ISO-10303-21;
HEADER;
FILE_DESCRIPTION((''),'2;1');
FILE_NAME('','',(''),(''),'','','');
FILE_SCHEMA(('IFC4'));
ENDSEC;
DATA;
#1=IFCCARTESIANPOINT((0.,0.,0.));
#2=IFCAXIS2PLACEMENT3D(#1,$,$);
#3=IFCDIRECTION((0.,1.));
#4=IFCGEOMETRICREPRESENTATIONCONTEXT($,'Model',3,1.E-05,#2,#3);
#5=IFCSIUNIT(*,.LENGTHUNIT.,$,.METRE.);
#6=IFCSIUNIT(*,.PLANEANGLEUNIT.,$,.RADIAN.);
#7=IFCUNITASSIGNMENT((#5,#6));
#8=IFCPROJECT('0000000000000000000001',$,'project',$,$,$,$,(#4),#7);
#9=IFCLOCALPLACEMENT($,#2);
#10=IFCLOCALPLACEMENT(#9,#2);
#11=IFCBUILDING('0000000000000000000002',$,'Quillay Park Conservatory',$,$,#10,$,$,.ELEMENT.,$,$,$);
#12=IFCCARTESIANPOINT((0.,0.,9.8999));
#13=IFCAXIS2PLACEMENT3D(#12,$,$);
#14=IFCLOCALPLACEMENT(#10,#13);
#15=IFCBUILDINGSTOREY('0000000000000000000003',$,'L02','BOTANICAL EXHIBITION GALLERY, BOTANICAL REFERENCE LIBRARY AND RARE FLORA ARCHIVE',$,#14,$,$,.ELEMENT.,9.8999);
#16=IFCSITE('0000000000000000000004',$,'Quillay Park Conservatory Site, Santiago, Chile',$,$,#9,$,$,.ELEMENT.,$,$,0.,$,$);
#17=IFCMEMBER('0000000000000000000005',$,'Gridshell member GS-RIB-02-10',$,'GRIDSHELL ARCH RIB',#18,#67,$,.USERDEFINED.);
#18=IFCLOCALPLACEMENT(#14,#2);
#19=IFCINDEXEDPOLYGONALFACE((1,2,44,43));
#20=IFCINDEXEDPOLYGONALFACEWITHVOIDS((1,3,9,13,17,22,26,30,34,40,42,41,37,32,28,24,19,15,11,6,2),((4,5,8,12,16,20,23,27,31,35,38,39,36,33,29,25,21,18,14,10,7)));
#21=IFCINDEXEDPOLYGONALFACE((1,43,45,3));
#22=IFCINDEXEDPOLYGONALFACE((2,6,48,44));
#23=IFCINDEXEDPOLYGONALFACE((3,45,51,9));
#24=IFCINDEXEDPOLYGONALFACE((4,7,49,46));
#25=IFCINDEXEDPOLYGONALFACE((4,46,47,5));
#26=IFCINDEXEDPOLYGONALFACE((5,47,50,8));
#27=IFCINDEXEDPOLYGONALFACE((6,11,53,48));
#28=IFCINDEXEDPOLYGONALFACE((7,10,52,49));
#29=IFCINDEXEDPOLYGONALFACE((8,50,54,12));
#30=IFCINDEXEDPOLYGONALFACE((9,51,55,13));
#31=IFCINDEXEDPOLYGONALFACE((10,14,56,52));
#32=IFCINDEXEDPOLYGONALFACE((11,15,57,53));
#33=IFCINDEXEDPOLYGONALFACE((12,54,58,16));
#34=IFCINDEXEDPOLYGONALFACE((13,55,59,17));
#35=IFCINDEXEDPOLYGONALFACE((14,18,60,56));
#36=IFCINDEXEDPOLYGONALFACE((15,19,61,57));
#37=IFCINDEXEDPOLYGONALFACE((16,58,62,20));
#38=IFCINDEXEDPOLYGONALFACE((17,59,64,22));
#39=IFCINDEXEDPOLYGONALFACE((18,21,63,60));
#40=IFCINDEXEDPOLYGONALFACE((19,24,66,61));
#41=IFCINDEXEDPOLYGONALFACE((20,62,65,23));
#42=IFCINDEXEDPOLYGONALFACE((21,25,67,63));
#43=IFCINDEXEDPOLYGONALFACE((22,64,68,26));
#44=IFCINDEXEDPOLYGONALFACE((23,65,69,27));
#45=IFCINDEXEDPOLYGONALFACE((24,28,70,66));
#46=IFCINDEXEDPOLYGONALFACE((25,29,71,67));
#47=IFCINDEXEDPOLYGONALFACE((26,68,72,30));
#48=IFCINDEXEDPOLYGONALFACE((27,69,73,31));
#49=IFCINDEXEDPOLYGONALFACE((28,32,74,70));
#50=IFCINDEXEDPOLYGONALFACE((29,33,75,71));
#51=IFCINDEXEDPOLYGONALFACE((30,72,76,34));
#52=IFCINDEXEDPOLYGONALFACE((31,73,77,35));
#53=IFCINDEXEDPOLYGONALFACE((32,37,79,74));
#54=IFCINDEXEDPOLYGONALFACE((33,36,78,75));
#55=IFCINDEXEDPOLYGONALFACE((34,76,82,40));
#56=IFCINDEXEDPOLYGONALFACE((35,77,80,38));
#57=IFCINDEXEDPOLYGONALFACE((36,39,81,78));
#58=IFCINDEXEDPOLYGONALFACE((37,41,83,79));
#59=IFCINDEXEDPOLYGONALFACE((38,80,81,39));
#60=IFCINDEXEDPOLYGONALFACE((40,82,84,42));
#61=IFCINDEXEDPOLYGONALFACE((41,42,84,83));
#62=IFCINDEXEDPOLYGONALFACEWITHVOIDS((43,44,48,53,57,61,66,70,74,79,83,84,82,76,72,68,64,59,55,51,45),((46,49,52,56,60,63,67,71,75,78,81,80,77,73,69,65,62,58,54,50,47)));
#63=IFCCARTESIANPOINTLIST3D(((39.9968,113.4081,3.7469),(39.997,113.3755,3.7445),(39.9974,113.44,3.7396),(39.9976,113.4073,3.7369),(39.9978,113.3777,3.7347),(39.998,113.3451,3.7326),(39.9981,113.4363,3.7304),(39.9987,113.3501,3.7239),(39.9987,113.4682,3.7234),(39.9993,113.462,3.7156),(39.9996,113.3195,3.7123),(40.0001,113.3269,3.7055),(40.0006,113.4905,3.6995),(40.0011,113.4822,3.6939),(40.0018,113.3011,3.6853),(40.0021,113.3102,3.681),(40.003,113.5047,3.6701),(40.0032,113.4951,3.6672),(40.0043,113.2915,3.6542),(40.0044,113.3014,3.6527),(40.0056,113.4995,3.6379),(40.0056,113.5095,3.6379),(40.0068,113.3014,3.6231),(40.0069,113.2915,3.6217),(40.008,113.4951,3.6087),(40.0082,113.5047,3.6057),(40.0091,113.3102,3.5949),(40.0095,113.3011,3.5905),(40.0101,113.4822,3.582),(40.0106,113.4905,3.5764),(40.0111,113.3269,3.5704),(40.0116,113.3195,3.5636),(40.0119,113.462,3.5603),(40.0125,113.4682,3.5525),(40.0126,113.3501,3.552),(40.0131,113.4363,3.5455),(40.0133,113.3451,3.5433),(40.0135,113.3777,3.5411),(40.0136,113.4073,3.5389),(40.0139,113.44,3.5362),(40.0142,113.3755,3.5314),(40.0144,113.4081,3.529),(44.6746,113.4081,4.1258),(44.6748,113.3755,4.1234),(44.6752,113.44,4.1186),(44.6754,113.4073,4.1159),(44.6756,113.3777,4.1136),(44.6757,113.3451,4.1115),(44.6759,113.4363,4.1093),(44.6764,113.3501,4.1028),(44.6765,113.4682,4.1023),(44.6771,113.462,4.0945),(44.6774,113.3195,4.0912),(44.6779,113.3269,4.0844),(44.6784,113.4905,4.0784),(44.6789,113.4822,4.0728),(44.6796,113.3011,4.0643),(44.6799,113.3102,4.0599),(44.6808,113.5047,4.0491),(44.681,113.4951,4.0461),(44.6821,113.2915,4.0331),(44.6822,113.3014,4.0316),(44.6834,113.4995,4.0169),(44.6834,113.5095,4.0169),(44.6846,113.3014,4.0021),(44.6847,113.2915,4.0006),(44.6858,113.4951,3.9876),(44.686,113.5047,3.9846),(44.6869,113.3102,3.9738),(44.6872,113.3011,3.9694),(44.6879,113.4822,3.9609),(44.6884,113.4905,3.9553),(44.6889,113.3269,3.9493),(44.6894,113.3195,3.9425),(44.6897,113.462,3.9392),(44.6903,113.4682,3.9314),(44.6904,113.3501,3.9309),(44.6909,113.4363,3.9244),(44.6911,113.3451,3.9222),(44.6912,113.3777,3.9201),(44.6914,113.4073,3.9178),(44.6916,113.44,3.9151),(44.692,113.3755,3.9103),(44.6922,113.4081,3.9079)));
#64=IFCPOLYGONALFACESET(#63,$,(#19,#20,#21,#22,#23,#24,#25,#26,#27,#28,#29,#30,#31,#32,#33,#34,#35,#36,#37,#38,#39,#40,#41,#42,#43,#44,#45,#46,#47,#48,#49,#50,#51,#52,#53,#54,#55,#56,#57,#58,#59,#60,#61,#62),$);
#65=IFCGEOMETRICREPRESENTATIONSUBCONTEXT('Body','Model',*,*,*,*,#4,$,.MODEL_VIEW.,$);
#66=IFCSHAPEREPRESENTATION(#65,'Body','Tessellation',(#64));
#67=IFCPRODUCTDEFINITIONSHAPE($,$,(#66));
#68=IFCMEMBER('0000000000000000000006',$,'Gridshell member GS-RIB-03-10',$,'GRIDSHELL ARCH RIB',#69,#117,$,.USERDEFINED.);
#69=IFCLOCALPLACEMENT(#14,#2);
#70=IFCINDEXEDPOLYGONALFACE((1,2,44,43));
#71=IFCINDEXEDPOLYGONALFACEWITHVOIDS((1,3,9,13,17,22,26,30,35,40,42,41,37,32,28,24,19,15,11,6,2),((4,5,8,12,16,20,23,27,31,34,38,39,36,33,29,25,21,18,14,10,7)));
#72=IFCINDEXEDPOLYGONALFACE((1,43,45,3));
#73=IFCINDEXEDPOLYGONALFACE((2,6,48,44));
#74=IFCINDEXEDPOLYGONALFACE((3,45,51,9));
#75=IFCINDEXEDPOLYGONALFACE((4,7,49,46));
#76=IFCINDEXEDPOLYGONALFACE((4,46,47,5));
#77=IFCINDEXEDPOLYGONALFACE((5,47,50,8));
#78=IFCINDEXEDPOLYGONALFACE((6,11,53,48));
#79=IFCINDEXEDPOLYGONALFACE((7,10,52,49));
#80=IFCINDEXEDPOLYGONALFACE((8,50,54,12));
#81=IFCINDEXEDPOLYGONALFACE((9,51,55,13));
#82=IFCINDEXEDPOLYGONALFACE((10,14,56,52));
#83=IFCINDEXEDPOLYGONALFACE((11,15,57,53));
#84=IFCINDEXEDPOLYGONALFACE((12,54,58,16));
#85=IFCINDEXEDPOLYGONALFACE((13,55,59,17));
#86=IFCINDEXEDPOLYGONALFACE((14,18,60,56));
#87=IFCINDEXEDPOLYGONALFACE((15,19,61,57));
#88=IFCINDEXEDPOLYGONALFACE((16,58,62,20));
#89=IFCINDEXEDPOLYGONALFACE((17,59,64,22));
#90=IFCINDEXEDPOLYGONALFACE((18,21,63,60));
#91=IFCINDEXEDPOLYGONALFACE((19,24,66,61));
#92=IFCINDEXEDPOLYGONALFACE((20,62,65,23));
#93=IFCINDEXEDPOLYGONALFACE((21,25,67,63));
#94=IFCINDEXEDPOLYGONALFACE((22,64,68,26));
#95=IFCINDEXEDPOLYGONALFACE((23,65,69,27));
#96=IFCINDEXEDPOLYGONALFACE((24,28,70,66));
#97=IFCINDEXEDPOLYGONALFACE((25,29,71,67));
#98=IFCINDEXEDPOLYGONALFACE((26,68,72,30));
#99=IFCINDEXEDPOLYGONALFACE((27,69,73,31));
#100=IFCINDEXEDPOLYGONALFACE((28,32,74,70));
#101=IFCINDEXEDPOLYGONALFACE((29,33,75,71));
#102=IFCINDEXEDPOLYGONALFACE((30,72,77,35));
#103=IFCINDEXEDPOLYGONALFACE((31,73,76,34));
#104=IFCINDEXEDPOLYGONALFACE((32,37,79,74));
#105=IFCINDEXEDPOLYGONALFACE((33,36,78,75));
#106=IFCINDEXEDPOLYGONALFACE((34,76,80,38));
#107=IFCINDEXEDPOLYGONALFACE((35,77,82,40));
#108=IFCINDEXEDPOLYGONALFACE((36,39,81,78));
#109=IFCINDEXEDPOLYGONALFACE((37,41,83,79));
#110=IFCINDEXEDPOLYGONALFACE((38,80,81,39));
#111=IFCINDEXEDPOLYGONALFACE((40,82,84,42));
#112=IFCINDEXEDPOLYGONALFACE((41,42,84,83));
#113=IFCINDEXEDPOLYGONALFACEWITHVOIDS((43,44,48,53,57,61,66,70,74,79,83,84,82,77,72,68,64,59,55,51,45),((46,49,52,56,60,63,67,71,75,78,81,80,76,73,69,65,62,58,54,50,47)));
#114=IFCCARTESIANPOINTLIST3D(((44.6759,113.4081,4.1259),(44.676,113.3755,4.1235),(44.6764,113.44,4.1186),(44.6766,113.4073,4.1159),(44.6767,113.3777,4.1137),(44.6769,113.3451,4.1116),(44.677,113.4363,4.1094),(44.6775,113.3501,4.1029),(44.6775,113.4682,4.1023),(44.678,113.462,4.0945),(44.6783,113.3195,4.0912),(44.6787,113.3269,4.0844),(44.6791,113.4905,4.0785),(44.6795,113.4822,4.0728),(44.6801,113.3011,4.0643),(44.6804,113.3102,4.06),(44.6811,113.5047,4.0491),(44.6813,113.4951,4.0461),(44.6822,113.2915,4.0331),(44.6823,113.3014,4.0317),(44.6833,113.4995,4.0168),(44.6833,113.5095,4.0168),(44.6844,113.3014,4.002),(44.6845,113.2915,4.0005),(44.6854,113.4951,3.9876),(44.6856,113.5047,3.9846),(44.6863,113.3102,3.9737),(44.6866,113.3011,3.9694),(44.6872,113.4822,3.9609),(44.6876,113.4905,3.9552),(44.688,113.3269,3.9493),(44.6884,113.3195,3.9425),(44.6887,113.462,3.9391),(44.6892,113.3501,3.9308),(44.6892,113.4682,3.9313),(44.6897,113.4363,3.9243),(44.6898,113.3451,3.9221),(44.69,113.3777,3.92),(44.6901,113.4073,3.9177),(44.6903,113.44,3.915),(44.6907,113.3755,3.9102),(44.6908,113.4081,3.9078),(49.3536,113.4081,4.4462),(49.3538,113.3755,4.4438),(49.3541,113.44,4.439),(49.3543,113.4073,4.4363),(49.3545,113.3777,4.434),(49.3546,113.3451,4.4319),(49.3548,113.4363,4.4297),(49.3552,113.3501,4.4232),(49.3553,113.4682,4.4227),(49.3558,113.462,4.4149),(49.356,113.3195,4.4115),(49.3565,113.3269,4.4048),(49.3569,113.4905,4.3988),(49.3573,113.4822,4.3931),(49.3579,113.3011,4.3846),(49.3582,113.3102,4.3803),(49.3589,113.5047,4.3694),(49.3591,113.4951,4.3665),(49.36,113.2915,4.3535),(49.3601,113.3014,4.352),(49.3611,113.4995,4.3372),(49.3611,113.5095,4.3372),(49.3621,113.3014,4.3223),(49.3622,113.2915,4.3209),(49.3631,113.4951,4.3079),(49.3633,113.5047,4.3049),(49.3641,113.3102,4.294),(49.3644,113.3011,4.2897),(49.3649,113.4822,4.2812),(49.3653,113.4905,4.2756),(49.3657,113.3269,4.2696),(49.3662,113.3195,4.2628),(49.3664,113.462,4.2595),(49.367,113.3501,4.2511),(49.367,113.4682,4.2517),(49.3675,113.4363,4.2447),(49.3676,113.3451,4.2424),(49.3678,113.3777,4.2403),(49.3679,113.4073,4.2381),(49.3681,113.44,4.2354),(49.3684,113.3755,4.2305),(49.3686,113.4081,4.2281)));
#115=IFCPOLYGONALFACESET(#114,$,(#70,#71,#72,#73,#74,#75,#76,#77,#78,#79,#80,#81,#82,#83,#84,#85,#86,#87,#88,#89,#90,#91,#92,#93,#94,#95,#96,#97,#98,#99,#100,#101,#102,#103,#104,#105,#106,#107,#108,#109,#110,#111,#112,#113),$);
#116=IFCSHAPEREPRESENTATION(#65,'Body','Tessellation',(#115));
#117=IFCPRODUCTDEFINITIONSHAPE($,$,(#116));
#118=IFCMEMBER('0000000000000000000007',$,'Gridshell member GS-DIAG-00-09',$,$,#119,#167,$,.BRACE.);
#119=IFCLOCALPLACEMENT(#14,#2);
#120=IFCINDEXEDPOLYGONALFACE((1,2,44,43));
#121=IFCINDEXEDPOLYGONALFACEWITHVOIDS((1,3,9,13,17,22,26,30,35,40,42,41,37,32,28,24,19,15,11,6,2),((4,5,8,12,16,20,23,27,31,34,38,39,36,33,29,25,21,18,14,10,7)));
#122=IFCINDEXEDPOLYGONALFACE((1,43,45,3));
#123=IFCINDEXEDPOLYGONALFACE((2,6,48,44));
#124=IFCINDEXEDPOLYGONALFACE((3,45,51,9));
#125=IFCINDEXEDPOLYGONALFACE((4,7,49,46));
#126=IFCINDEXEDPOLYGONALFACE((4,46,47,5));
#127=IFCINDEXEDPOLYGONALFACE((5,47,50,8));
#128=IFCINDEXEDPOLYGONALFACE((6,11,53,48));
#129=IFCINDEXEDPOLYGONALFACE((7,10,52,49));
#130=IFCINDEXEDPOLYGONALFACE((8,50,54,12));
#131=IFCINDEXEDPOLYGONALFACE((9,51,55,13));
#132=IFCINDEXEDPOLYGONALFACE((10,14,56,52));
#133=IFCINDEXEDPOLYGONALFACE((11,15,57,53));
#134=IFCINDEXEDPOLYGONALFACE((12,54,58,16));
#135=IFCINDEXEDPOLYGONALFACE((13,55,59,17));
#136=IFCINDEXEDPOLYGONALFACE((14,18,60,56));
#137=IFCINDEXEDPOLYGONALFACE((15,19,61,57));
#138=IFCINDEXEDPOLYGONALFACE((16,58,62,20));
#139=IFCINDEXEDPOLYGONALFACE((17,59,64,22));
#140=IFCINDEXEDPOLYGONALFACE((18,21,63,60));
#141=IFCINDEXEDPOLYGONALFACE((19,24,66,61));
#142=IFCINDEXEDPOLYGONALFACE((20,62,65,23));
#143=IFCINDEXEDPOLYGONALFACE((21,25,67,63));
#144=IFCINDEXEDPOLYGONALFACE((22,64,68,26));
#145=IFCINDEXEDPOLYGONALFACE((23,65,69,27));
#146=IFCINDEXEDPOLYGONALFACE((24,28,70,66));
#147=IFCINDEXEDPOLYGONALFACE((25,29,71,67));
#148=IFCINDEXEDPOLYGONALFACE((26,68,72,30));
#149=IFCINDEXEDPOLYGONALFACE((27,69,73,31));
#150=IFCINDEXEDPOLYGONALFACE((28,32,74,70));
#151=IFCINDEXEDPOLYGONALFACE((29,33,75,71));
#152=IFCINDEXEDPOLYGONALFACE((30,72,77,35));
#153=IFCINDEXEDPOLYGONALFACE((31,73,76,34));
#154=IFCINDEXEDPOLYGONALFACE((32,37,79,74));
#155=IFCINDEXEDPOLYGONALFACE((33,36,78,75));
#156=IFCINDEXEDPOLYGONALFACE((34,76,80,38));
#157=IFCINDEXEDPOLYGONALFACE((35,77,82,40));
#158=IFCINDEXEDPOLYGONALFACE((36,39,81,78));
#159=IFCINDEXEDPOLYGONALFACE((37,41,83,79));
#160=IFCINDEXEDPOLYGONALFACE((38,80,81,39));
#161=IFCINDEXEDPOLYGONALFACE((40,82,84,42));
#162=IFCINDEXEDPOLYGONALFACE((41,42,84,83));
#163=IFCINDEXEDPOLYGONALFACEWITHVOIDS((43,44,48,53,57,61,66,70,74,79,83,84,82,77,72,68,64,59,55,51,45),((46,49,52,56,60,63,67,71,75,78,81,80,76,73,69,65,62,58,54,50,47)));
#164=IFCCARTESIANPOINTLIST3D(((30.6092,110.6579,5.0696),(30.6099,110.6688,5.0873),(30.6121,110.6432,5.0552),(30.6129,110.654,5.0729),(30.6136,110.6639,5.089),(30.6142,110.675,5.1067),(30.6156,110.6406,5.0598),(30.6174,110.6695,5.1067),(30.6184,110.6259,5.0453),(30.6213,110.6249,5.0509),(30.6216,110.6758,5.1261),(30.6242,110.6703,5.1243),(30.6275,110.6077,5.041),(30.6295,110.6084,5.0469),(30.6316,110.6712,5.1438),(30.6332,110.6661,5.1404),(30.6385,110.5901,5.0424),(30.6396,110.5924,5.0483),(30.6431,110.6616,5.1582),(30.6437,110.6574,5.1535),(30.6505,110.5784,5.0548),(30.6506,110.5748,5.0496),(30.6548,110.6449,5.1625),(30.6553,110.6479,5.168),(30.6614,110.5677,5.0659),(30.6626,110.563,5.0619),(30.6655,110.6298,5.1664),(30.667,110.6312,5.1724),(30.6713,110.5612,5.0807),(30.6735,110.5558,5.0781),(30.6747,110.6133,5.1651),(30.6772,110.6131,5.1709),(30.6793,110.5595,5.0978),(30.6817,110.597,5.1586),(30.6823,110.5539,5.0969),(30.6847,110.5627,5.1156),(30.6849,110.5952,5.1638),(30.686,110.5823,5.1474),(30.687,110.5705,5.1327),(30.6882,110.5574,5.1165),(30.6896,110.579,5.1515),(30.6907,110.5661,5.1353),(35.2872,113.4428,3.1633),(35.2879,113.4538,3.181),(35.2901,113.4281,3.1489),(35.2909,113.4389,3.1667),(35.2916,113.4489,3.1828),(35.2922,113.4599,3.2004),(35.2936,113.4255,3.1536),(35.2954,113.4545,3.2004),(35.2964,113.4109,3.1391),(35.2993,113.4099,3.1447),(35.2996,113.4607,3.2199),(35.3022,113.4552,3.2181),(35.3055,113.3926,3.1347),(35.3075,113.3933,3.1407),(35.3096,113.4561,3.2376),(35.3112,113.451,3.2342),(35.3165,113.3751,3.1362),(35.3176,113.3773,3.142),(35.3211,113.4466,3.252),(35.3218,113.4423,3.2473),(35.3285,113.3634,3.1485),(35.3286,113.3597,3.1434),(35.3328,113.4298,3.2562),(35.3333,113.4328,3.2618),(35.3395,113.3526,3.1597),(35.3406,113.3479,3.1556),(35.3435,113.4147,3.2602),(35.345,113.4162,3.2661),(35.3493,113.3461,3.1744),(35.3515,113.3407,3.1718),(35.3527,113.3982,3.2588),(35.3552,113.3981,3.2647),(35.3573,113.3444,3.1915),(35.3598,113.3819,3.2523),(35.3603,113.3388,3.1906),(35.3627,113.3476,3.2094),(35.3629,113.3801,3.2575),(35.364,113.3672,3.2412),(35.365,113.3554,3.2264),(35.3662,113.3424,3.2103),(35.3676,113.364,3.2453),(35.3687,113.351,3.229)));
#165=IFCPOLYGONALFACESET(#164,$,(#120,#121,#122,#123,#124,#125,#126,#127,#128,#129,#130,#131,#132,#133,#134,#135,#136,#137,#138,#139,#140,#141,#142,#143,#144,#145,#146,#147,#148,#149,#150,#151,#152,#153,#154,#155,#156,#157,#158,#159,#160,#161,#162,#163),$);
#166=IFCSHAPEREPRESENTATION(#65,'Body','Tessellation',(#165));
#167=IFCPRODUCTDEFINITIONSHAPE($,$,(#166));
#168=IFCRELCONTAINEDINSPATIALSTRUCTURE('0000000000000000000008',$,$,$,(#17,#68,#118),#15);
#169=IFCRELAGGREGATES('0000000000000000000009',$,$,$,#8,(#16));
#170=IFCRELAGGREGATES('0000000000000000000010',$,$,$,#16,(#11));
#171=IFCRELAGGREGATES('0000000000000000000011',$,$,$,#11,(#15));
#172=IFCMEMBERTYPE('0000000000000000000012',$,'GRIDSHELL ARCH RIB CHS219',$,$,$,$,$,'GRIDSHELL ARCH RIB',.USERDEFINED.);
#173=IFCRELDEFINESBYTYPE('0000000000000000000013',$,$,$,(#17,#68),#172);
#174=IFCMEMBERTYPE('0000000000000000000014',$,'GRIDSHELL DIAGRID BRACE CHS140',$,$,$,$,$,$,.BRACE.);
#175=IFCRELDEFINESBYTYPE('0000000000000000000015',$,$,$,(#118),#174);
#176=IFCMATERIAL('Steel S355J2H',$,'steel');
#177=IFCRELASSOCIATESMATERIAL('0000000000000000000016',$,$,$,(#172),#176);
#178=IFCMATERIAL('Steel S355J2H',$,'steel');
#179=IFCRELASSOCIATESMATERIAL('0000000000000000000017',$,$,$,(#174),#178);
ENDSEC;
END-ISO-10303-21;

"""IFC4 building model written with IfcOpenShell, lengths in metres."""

from ifc_helpers import new_model, si_unit, direction, frame, origin, origin_2d, place, context, subcontext, project, spatial, hollow_circle, extrude, material, material_profile, profile_set, type_object, element, save


model = new_model("IFC4")

# Units and contexts
model_context = context("Model", 3, precision=1e-05, world=origin(), true_north=direction((0.0, 1.0)))
body_context = subcontext(model_context, "Body", "Model", "MODEL_VIEW")
ifc_project = project(units=[si_unit("LENGTHUNIT", "METRE"), si_unit("PLANEANGLEUNIT", "RADIAN")], contexts=[model_context])

# Site, building, storey
site_placement = place(None, origin())
site = spatial("IfcSite", under=ifc_project, at=site_placement, Name="Quillay Park Conservatory Site, Santiago, Chile", CompositionType="ELEMENT", RefElevation=0.0)
building_placement = place(site_placement, origin())
building = spatial("IfcBuilding", under=site, at=building_placement, Name="Quillay Park Conservatory", CompositionType="ELEMENT")
storey_placement = place(building_placement, frame((0.0, 0.0, 9.8999)))
storey = spatial("IfcBuildingStorey", under=building, at=storey_placement, Name="L02", Description="BOTANICAL EXHIBITION GALLERY, BOTANICAL REFERENCE LIBRARY AND RARE FLORA ARCHIVE", CompositionType="ELEMENT", Elevation=9.8999)

# Members
ifc_material_1 = material(Name="Steel S355J2H", Category="steel")
ifc_material_profile_1 = material_profile(ifc_material_1, hollow_circle(Radius=0.1096, WallThickness=0.01, at=origin_2d()), Name="CHS219.1x10")
ifc_profile_set_1 = profile_set([ifc_material_profile_1], Name="Steel S355J2H")
member_type_1 = type_object("IfcMemberType", Name="GRIDSHELL ARCH RIB CHS219", ElementType="GRIDSHELL ARCH RIB", PredefinedType="USERDEFINED", material=ifc_profile_set_1)
member_1_placement = place(storey_placement, frame((40.0056, 113.3999, 3.6379), z_axis=(0.996735, 0.0, 0.080738), x_axis=(0.0, 1.0, 0.0)))
element("IfcMember", 1, at=member_1_placement, inside=storey, type_object=member_type_1, Name="Gridshell member GS-RIB-02-10", ObjectType="GRIDSHELL ARCH RIB", PredefinedType="USERDEFINED", context=body_context, shape_type="SweptSolid", body=[
    extrude(hollow_circle(Radius=0.1096, WallThickness=0.01, at=origin_2d()), origin(), (0.0, 0.0, 1.0), 4.6931),
])
member_2_placement = place(storey_placement, frame((44.6833, 113.3999, 4.0168), z_axis=(0.997664, 0.0, 0.068316), x_axis=(0.0, 1.0, 0.0)))
element("IfcMember", 2, at=member_2_placement, inside=storey, type_object=member_type_1, Name="Gridshell member GS-RIB-03-10", ObjectType="GRIDSHELL ARCH RIB", PredefinedType="USERDEFINED", context=body_context, shape_type="SweptSolid", body=[
    extrude(hollow_circle(Radius=0.1096, WallThickness=0.01, at=origin_2d()), origin(), (0.0, 0.0, 1.0), 4.6887),
])
ifc_material_2 = material(Name="Steel S355J2H", Category="steel")
ifc_material_profile_2 = material_profile(ifc_material_2, hollow_circle(Radius=0.0698, WallThickness=0.0063, at=origin_2d()), Name="CHS139.7x6.3")
ifc_profile_set_2 = profile_set([ifc_material_profile_2], Name="Steel S355J2H")
member_type_2 = type_object("IfcMemberType", Name="GRIDSHELL DIAGRID BRACE CHS140", PredefinedType="BRACE", material=ifc_profile_set_2)
member_3_placement = place(storey_placement, frame((30.6499, 110.615, 5.1067), z_axis=(0.810984, 0.482798, -0.330471), x_axis=(-0.511538, 0.859261, 0.0)))
element("IfcMember", 3, at=member_3_placement, inside=storey, type_object=member_type_2, Name="Gridshell member GS-DIAG-00-09", PredefinedType="BRACE", context=body_context, shape_type="SweptSolid", body=[
    extrude(hollow_circle(Radius=0.0698, WallThickness=0.0063, at=origin_2d()), origin(), (0.0, 0.0, 1.0), 5.7683),
])

save(model, "model.ifc")
